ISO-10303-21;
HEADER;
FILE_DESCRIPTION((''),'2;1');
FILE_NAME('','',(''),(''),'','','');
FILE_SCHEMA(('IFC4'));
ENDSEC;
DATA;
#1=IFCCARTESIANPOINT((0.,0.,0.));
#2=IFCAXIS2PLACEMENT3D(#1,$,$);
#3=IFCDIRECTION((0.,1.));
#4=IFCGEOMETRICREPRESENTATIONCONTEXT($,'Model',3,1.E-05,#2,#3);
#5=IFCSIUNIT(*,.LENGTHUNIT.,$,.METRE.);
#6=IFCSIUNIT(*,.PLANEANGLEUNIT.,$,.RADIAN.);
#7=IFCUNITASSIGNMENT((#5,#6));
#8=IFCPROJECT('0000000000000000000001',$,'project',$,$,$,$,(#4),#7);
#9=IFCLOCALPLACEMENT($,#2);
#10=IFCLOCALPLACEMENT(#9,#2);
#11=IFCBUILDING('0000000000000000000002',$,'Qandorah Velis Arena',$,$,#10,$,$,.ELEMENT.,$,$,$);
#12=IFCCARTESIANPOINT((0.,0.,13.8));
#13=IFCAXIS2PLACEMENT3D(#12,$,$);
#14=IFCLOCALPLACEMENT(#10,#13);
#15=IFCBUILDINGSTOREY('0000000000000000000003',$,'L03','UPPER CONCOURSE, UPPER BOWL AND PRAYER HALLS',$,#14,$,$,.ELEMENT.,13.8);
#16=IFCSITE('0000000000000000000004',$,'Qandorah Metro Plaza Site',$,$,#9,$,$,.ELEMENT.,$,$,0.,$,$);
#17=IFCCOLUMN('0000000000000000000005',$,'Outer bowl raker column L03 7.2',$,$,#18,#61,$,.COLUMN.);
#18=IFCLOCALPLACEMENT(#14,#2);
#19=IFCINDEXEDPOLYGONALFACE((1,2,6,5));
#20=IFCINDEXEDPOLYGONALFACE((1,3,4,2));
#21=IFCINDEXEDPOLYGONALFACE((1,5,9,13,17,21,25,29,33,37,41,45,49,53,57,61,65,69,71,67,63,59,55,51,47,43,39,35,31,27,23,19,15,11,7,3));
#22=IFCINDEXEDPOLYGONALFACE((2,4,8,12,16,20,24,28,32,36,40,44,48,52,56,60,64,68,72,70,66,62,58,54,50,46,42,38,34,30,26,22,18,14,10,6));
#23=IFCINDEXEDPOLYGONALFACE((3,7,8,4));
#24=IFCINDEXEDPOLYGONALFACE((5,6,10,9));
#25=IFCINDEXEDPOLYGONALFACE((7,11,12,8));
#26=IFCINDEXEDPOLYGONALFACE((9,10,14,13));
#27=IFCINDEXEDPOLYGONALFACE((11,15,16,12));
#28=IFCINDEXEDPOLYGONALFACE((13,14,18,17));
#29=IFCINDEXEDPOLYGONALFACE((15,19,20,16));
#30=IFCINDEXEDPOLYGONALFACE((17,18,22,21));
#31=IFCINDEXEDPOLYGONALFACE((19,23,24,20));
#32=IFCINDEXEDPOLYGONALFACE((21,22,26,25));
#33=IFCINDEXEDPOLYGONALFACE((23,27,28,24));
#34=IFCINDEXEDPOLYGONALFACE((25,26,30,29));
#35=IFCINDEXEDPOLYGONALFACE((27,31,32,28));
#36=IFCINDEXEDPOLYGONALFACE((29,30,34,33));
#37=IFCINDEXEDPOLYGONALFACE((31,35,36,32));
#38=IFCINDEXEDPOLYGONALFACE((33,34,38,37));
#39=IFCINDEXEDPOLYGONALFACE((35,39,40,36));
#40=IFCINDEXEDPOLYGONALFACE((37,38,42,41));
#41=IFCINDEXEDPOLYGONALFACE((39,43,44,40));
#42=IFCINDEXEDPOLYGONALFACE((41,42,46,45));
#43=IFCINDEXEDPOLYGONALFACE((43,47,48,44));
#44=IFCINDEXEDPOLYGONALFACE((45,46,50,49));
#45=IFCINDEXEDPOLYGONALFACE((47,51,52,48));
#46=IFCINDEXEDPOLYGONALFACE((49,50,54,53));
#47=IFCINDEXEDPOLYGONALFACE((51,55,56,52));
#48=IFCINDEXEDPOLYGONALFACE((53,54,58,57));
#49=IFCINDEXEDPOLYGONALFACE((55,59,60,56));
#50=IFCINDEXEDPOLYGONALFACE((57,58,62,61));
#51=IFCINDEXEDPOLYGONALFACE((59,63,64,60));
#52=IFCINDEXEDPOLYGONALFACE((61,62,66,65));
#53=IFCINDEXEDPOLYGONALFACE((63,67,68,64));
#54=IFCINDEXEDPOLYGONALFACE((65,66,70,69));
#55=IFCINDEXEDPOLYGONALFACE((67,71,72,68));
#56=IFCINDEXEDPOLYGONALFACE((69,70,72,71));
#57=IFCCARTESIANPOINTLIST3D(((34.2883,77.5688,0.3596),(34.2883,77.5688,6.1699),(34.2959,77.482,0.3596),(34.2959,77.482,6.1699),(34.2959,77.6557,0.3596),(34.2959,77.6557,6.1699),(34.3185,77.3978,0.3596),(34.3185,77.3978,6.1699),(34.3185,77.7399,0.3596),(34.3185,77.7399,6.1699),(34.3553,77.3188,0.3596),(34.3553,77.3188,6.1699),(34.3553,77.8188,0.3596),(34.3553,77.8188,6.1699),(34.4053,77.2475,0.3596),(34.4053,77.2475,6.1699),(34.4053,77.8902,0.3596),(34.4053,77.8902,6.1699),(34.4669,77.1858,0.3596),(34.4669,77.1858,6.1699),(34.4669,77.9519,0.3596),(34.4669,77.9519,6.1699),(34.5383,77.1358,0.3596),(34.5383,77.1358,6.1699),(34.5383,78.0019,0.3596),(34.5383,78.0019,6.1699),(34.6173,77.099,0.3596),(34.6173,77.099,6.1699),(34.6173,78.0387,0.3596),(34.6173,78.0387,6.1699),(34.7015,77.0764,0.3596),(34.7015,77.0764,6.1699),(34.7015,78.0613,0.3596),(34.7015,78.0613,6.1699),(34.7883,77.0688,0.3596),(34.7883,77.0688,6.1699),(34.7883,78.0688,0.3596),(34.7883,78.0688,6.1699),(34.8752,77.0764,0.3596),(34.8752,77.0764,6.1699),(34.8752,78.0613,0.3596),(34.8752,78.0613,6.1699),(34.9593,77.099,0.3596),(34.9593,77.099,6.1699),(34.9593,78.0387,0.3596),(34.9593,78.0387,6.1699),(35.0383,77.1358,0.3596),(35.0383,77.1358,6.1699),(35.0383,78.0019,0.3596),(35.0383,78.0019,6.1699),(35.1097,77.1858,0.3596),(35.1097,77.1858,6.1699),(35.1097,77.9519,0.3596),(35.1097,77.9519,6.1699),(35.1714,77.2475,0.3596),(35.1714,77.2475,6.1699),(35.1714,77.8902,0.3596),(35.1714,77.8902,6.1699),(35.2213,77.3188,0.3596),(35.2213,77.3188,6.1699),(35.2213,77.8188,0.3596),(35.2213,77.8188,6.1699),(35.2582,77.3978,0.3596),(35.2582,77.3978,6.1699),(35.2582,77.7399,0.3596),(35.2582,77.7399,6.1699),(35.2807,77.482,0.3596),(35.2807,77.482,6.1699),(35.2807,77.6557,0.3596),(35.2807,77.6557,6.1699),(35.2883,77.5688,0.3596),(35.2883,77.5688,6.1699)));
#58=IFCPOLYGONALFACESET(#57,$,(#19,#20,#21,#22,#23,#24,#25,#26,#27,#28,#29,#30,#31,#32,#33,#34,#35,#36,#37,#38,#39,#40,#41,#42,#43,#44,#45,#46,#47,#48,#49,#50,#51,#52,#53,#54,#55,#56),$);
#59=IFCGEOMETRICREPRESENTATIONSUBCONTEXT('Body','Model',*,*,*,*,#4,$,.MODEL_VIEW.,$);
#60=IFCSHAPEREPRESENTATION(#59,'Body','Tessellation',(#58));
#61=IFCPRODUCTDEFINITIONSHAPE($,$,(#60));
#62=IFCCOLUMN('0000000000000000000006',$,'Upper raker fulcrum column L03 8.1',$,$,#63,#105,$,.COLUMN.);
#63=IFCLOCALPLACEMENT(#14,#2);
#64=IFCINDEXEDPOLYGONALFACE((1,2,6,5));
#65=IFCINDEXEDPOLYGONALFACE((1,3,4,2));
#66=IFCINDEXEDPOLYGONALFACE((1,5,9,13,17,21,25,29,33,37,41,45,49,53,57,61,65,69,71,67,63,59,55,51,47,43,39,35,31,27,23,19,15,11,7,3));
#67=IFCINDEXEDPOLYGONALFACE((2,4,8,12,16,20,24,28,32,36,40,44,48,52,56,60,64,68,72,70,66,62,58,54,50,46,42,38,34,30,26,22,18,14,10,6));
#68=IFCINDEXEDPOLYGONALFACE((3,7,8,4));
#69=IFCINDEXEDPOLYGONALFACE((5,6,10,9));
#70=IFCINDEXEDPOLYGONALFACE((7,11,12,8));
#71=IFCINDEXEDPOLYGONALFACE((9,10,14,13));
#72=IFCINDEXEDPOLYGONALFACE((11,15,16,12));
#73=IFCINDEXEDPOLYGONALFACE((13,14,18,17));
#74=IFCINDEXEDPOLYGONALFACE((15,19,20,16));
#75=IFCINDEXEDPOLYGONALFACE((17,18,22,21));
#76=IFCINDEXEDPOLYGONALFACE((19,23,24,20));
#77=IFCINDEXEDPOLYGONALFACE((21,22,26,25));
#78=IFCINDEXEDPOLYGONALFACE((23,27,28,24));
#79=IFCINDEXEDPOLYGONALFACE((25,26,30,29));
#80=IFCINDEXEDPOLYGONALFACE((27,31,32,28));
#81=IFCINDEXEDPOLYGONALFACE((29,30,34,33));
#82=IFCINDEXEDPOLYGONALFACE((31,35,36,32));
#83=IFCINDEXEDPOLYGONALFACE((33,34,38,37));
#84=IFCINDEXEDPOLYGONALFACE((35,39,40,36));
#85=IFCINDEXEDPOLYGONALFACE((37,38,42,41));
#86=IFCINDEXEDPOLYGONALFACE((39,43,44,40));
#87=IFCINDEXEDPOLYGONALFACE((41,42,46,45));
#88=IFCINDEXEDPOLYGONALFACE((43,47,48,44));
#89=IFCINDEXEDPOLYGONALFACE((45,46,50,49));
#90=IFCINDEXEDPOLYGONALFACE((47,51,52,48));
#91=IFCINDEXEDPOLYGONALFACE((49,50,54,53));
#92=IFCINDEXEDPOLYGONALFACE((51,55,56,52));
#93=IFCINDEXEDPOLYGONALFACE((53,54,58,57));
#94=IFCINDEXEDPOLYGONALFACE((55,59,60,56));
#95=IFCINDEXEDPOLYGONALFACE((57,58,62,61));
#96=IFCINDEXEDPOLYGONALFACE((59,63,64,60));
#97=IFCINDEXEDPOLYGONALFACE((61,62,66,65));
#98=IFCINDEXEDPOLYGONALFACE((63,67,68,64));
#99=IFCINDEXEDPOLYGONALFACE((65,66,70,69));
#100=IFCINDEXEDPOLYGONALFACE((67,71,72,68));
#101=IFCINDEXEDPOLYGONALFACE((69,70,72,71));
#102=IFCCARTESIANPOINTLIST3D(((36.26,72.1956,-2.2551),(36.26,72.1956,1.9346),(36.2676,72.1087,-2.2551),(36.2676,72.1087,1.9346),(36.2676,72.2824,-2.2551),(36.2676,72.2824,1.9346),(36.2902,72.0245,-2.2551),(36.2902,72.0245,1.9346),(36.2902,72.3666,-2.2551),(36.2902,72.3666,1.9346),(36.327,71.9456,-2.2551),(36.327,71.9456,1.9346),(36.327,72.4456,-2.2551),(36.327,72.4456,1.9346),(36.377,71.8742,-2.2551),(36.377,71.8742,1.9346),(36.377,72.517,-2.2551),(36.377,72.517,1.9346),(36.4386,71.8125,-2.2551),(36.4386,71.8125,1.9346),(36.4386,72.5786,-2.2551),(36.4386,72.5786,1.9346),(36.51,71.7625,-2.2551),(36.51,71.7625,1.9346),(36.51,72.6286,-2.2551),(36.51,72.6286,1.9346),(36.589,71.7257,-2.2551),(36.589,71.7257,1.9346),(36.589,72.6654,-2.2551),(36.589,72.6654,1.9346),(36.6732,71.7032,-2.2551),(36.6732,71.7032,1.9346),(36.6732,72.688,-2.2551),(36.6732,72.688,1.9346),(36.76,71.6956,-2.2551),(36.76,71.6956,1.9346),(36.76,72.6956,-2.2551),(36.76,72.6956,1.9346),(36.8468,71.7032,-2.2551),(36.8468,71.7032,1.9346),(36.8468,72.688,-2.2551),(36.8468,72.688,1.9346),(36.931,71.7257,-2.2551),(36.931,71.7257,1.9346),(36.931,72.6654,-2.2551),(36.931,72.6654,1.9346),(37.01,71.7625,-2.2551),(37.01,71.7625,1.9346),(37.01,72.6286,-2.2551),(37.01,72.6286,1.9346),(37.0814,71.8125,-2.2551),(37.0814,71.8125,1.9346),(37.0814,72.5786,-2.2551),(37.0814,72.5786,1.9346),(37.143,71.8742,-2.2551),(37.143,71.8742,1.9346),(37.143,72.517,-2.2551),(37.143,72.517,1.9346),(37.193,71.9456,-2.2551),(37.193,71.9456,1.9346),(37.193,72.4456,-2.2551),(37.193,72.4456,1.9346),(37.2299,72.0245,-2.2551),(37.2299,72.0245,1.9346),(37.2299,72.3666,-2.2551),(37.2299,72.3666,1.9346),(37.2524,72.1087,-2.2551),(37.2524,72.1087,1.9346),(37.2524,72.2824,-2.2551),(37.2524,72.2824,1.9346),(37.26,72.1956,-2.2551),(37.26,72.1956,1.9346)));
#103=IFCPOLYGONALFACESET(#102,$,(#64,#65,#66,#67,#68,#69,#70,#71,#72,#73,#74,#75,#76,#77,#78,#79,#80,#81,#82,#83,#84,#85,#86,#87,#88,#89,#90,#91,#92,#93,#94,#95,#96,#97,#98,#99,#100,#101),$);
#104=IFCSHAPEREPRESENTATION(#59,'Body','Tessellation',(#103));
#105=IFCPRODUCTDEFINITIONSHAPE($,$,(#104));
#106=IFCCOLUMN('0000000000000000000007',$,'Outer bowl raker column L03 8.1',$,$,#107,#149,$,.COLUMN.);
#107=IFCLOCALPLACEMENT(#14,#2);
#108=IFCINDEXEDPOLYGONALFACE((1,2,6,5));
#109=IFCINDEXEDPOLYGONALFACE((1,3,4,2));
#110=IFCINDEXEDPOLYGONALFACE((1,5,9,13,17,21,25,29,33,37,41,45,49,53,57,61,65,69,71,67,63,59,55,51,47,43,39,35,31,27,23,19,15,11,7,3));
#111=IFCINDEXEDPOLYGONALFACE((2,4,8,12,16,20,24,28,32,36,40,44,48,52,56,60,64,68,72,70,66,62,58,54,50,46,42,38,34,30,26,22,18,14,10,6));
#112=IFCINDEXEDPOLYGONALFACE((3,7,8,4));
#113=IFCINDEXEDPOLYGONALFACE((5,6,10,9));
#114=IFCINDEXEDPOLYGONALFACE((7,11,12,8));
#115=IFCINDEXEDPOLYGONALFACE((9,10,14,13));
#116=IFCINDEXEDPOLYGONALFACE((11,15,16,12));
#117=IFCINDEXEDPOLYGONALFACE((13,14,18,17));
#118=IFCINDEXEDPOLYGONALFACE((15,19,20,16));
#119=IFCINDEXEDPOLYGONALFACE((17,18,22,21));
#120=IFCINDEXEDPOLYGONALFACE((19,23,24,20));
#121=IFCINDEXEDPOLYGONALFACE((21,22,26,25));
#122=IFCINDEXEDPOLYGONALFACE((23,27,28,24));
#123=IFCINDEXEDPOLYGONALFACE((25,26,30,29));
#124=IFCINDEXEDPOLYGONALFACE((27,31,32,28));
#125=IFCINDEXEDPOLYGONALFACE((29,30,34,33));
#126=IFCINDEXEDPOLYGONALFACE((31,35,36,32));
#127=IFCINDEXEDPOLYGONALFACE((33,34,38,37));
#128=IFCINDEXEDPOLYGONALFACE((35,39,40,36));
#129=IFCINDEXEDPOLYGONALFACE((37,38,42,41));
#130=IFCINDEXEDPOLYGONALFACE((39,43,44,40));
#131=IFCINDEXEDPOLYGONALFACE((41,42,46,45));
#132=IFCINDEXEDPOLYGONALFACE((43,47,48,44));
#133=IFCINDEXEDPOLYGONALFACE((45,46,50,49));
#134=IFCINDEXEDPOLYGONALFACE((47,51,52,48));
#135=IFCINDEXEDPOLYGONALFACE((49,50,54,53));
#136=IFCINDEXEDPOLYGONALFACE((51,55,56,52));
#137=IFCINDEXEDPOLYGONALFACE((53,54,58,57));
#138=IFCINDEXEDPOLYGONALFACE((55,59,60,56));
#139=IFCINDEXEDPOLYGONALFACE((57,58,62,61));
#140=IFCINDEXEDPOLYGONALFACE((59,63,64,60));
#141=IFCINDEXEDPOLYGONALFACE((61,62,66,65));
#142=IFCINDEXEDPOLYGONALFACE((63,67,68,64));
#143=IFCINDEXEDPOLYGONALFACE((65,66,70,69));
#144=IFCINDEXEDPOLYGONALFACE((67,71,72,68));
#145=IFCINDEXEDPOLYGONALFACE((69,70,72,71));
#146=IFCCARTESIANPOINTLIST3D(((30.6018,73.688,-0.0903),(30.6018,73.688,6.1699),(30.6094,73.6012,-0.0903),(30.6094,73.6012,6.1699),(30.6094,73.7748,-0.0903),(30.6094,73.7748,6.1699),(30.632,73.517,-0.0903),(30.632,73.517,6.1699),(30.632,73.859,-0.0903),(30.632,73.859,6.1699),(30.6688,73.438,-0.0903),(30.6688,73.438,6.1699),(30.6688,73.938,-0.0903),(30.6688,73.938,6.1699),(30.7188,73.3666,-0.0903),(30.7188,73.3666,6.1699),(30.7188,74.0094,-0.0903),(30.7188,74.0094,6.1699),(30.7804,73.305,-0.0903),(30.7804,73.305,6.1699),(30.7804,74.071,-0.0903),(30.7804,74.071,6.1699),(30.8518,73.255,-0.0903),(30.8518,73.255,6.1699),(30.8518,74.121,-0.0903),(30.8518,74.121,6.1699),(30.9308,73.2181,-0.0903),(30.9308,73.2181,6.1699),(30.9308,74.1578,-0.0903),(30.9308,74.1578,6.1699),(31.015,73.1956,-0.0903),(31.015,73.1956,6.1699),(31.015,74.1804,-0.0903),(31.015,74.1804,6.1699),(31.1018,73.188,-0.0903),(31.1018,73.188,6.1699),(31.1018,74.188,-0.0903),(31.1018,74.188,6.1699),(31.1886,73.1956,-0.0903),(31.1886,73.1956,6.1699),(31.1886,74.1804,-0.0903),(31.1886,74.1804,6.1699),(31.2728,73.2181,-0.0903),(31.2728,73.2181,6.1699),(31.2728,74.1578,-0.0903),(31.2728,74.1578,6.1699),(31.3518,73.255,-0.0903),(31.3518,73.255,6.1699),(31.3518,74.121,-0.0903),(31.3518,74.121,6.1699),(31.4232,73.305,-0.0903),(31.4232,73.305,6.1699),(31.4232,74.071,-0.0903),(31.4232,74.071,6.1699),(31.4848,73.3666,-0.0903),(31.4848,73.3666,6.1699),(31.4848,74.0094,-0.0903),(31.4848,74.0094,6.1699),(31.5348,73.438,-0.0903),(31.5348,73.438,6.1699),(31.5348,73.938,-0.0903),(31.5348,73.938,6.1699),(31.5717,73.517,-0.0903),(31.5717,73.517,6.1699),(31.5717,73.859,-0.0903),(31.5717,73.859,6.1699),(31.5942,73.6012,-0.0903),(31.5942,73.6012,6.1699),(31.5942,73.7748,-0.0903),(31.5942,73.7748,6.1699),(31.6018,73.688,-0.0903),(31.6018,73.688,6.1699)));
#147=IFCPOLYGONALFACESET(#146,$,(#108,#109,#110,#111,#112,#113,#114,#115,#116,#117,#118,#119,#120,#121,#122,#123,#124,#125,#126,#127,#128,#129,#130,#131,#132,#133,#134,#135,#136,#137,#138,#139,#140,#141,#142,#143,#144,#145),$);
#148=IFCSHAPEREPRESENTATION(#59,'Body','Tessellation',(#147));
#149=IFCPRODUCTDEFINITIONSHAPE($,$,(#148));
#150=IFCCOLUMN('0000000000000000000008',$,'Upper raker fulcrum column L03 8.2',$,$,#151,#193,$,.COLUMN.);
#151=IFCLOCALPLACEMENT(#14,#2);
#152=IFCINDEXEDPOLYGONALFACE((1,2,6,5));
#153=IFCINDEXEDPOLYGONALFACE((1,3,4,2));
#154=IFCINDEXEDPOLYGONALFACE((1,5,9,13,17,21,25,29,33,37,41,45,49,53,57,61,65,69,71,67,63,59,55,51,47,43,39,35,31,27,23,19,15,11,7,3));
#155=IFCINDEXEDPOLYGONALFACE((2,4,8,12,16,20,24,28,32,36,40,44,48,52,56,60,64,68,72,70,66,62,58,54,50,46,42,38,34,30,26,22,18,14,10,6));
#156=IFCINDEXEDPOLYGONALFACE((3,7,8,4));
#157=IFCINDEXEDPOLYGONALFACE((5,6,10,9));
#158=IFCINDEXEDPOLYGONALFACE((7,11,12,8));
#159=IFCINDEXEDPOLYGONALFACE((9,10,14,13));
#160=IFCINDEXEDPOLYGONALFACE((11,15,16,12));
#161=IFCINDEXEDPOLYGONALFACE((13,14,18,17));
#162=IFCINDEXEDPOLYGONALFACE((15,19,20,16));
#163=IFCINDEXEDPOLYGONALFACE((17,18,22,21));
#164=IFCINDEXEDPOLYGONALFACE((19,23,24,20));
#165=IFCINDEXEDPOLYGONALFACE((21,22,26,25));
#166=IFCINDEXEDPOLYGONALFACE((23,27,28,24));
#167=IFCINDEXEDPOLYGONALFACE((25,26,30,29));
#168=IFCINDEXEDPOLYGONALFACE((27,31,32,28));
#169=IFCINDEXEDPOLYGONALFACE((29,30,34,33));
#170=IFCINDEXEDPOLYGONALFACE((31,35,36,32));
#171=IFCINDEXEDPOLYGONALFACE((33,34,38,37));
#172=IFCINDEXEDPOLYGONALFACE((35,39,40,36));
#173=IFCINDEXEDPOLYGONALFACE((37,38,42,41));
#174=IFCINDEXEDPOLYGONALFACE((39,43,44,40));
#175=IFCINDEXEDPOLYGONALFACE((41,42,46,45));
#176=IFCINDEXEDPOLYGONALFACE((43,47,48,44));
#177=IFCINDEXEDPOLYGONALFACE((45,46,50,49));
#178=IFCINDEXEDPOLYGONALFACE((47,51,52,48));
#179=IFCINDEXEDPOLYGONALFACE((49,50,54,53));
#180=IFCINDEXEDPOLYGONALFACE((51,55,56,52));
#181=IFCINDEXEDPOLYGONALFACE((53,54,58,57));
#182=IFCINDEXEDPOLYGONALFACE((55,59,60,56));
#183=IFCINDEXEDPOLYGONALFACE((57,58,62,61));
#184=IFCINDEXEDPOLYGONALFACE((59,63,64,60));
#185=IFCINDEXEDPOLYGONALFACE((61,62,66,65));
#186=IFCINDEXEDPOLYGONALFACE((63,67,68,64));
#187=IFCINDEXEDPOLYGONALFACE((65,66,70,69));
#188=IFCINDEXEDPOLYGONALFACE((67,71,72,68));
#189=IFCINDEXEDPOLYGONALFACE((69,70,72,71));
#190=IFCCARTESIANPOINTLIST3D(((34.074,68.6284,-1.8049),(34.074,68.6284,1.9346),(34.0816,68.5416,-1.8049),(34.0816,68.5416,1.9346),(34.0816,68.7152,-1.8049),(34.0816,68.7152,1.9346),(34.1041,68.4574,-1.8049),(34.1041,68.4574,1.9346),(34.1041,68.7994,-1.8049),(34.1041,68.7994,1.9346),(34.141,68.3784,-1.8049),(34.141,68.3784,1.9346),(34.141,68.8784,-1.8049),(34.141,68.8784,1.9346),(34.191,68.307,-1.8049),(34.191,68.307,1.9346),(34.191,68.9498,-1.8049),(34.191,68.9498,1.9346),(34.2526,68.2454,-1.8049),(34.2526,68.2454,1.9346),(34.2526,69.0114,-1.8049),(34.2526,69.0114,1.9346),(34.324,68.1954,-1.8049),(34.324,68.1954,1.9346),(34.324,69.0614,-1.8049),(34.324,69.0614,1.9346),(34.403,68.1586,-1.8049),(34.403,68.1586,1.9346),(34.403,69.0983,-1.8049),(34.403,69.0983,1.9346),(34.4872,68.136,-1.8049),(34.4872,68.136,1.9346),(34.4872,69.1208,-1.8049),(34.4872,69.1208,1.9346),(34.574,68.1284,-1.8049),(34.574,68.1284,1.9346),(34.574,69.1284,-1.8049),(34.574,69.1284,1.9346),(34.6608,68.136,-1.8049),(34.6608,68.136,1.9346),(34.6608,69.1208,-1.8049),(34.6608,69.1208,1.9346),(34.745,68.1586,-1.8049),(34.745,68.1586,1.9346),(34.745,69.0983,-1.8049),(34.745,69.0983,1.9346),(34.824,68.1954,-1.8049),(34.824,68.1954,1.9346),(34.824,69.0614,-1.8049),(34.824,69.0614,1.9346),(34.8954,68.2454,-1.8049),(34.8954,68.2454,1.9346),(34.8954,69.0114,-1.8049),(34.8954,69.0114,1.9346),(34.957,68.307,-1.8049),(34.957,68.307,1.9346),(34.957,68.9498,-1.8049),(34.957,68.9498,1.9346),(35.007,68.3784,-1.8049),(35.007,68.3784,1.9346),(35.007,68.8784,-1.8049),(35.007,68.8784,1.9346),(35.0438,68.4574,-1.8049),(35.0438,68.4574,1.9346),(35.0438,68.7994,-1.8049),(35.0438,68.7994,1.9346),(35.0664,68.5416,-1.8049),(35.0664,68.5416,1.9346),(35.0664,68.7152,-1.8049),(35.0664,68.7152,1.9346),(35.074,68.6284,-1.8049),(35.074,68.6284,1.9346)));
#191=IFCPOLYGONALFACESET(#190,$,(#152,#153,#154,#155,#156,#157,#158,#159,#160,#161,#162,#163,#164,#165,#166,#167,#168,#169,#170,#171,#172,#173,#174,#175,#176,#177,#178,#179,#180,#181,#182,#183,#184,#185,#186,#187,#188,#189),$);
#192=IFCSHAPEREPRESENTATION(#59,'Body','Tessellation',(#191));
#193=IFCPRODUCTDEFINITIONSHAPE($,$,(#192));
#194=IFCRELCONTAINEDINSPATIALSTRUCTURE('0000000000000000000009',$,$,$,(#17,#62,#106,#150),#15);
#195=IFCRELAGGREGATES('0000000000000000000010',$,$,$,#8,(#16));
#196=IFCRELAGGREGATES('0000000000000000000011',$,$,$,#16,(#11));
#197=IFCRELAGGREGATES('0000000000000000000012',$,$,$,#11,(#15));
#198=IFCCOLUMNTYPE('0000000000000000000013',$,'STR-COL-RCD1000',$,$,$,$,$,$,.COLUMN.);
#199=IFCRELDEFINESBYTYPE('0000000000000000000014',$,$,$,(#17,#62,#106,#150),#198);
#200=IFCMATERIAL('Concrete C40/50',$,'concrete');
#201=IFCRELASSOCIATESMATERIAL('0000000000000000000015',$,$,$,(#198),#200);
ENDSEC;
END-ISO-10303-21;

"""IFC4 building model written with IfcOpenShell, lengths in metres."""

from ifc_helpers import new_model, si_unit, direction, frame, origin, origin_2d, place, context, subcontext, project, spatial, circle, extrude, material, material_profile, profile_set, type_object, element, save


model = new_model("IFC4")

# Units and contexts
model_context = context("Model", 3, precision=1e-05, world=origin(), true_north=direction((0.0, 1.0)))
body_context = subcontext(model_context, "Body", "Model", "MODEL_VIEW")
ifc_project = project(units=[si_unit("LENGTHUNIT", "METRE"), si_unit("PLANEANGLEUNIT", "RADIAN")], contexts=[model_context])

# Site, building, storey
site_placement = place(None, origin())
site = spatial("IfcSite", under=ifc_project, at=site_placement, Name="Qandorah Metro Plaza Site", CompositionType="ELEMENT", RefElevation=0.0)
building_placement = place(site_placement, origin())
building = spatial("IfcBuilding", under=site, at=building_placement, Name="Qandorah Velis Arena", CompositionType="ELEMENT")
storey_placement = place(building_placement, frame((0.0, 0.0, 13.8)))
storey = spatial("IfcBuildingStorey", under=building, at=storey_placement, Name="L03", Description="UPPER CONCOURSE, UPPER BOWL AND PRAYER HALLS", CompositionType="ELEMENT", Elevation=13.8)

# Columns
ifc_material_1 = material(Name="Concrete C40/50", Category="concrete")
ifc_material_profile_1 = material_profile(ifc_material_1, circle(Radius=0.5, at=origin_2d()), Name="RC D1000")
ifc_profile_set_1 = profile_set([ifc_material_profile_1], Name="Concrete C40/50")
column_type_1 = type_object("IfcColumnType", Name="STR-COL-RCD1000", PredefinedType="COLUMN", material=ifc_profile_set_1)
column_1_placement = place(storey_placement, frame((34.7883, 77.5688, 0.3596), z_axis=(0.0, 0.0, 1.0), x_axis=(1.0, 0.0, 0.0)))
element("IfcColumn", 1, at=column_1_placement, inside=storey, type_object=column_type_1, Name="Outer bowl raker column L03 7.2", PredefinedType="COLUMN", context=body_context, shape_type="SweptSolid", body=[
    extrude(circle(Radius=0.5, at=origin_2d()), origin(), (0.0, 0.0, 1.0), 5.8103),
])
column_2_placement = place(storey_placement, frame((36.76, 72.1956, -2.2551), z_axis=(0.0, 0.0, 1.0), x_axis=(1.0, 0.0, 0.0)))
element("IfcColumn", 2, at=column_2_placement, inside=storey, type_object=column_type_1, Name="Upper raker fulcrum column L03 8.1", PredefinedType="COLUMN", context=body_context, shape_type="SweptSolid", body=[
    extrude(circle(Radius=0.5, at=origin_2d()), origin(), (0.0, 0.0, 1.0), 4.1897),
])
column_3_placement = place(storey_placement, frame((31.1018, 73.688, -0.0903), z_axis=(0.0, 0.0, 1.0), x_axis=(1.0, 0.0, 0.0)))
element("IfcColumn", 3, at=column_3_placement, inside=storey, type_object=column_type_1, Name="Outer bowl raker column L03 8.1", PredefinedType="COLUMN", context=body_context, shape_type="SweptSolid", body=[
    extrude(circle(Radius=0.5, at=origin_2d()), origin(), (0.0, 0.0, 1.0), 6.2603),
])
column_4_placement = place(storey_placement, frame((34.574, 68.6284, -1.8049), z_axis=(0.0, 0.0, 1.0), x_axis=(1.0, 0.0, 0.0)))
element("IfcColumn", 4, at=column_4_placement, inside=storey, type_object=column_type_1, Name="Upper raker fulcrum column L03 8.2", PredefinedType="COLUMN", context=body_context, shape_type="SweptSolid", body=[
    extrude(circle(Radius=0.5, at=origin_2d()), origin(), (0.0, 0.0, 1.0), 3.7395),
])

save(model, "model.ifc")
